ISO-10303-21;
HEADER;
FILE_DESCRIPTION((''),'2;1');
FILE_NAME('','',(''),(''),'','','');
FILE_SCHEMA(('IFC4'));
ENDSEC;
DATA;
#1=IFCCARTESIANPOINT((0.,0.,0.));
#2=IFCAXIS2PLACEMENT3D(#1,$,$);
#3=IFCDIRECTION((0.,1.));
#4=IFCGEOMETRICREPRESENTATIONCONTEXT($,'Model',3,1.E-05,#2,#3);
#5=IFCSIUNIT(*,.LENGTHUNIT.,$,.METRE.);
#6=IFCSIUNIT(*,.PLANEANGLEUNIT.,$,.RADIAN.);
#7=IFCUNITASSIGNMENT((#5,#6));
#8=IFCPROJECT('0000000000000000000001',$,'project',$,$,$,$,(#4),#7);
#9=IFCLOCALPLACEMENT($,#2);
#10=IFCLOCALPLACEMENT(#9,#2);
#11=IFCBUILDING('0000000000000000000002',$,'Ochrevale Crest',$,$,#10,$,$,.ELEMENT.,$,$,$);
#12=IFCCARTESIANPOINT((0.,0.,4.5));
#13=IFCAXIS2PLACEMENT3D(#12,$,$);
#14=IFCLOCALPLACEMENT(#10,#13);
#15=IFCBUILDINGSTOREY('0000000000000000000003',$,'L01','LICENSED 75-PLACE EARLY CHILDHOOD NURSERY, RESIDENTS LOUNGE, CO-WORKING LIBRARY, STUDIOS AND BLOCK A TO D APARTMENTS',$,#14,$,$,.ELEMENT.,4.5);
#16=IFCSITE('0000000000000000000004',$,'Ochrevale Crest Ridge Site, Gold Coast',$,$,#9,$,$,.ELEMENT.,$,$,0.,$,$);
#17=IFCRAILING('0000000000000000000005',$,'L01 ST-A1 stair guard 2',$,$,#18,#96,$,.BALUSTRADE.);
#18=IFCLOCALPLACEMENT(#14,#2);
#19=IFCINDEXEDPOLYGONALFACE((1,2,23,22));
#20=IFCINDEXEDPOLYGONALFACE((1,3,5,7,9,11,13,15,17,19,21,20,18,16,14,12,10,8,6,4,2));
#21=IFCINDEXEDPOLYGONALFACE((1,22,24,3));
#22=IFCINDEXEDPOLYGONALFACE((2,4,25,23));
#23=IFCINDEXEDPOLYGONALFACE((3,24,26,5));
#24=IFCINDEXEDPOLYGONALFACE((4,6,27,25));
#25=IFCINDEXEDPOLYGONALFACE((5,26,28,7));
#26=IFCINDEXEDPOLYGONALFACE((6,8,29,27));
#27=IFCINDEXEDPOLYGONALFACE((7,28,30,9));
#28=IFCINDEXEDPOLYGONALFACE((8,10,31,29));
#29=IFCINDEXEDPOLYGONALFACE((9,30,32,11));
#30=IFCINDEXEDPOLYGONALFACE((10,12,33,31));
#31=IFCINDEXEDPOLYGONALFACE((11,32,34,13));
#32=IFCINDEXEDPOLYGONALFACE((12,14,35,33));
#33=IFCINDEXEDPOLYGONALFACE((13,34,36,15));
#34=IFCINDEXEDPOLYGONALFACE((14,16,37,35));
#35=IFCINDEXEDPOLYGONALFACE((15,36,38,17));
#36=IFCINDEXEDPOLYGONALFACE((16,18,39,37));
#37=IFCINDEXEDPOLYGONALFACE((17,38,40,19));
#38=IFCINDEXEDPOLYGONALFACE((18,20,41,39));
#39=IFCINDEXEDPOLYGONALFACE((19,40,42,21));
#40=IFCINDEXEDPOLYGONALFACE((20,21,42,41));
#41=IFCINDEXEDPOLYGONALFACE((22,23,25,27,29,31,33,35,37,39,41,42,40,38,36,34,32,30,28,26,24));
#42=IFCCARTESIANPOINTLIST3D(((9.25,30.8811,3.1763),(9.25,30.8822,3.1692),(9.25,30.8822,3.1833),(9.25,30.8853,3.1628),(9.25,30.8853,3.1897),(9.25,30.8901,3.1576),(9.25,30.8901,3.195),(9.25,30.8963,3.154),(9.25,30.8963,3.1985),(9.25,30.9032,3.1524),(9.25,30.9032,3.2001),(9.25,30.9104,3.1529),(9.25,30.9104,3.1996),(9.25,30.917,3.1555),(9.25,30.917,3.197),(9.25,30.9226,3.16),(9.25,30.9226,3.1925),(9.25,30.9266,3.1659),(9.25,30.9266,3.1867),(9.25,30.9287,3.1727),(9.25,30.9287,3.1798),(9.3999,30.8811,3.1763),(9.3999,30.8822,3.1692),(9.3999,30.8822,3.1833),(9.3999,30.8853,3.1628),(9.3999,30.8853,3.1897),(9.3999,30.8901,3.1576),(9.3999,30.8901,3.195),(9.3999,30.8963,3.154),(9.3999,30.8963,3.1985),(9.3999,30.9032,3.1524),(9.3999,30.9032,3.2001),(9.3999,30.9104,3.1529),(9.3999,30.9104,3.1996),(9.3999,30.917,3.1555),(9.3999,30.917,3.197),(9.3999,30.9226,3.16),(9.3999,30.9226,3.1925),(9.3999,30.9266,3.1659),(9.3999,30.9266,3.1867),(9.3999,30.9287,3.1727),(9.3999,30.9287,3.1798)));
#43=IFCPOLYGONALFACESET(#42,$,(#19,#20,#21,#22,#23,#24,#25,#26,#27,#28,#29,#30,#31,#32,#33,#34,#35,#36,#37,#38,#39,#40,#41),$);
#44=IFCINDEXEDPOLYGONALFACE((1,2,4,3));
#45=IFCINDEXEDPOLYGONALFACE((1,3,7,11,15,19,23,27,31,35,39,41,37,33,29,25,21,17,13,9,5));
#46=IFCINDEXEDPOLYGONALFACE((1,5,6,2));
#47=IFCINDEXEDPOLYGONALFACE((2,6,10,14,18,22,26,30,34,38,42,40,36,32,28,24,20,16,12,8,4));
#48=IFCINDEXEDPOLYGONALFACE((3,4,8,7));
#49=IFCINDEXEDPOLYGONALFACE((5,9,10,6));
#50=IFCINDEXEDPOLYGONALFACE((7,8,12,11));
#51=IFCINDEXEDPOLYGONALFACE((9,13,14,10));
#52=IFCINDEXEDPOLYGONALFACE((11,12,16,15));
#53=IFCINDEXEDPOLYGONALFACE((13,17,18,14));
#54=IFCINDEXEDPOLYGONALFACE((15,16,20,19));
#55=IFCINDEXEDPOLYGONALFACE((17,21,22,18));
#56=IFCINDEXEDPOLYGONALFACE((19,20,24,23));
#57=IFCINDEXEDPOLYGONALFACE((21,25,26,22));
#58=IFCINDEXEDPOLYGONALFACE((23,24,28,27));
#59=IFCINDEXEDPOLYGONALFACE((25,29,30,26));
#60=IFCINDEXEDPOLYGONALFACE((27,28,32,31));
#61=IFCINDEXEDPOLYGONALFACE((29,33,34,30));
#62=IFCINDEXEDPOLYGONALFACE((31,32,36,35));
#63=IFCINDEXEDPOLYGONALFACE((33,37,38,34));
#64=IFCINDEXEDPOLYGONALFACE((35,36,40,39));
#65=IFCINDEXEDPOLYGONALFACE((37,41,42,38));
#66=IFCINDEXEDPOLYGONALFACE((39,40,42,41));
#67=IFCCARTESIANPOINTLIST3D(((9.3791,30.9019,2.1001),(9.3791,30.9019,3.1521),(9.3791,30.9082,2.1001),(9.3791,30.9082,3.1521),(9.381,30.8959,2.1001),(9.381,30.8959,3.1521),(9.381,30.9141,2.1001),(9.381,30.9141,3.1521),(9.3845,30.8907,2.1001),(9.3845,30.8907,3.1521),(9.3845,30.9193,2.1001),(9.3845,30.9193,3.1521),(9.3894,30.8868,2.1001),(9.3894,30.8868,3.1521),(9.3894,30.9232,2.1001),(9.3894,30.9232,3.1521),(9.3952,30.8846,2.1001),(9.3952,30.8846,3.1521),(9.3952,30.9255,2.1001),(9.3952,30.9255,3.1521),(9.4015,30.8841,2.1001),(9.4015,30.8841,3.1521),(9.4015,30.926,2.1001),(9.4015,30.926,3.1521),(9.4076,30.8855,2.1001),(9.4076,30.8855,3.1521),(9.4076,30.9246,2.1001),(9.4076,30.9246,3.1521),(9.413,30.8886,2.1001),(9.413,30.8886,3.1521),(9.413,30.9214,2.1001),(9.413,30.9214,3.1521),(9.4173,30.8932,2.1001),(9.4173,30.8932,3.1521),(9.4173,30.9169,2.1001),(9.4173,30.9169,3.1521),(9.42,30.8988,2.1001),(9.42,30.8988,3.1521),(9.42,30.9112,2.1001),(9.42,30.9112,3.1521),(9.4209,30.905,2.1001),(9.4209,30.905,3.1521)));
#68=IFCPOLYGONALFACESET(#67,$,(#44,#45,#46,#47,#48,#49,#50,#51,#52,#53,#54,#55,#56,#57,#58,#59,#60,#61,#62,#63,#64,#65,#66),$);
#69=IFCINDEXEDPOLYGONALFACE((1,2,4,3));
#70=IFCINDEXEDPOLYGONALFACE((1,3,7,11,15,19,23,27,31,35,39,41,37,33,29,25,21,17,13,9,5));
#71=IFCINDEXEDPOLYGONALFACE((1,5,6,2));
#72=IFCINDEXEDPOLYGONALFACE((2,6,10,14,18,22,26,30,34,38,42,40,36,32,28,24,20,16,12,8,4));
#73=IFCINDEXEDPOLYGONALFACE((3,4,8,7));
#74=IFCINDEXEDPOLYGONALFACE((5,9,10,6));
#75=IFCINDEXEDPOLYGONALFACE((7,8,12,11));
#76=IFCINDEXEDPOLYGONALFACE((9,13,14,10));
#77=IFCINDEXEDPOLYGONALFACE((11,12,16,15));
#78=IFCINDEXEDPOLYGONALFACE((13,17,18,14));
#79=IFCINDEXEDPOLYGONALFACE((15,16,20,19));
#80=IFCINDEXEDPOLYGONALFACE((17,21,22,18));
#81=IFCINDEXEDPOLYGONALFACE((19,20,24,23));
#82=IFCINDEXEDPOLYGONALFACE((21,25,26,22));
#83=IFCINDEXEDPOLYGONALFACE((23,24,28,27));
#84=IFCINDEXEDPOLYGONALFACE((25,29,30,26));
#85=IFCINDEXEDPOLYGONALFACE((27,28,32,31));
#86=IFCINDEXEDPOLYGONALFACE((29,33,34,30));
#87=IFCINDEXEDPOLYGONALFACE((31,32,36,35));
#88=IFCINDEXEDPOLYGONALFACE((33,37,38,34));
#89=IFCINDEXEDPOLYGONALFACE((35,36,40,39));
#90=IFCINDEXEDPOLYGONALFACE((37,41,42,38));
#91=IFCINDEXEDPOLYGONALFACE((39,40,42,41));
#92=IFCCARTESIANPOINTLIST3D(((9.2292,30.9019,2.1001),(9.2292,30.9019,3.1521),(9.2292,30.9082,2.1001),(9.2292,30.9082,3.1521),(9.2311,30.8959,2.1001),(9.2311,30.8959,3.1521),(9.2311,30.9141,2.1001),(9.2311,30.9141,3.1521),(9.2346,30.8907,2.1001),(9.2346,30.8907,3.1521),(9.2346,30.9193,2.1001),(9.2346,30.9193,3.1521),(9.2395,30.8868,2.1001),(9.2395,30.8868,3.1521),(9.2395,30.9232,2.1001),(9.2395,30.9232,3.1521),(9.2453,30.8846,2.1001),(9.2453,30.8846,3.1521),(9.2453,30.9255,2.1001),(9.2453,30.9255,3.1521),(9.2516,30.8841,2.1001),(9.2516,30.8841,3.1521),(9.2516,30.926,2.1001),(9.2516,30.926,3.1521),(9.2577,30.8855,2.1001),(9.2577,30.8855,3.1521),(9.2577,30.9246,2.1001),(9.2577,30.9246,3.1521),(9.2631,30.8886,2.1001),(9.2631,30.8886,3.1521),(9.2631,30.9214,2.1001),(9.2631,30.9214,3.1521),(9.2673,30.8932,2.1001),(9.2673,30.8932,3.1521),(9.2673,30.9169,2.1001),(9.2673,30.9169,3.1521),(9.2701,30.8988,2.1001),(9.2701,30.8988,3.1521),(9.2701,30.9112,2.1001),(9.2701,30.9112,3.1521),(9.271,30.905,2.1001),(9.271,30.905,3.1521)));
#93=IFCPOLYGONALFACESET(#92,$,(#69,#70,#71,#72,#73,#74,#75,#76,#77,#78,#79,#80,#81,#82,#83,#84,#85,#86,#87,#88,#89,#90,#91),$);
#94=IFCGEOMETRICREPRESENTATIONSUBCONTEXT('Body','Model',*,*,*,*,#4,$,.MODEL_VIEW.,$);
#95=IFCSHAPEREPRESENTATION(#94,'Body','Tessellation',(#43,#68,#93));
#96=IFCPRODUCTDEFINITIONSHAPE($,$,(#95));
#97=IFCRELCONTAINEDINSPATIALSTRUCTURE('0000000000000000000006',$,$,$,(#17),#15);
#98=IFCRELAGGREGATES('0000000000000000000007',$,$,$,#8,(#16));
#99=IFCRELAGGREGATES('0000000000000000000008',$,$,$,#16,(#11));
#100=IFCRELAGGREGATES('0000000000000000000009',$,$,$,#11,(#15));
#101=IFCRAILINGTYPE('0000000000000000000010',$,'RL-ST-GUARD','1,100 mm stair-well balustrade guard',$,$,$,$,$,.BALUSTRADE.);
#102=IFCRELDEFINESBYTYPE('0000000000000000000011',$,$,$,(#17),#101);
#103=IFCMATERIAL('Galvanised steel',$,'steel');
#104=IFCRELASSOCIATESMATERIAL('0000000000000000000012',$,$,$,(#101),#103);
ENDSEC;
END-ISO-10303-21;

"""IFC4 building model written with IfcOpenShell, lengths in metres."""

from ifc_helpers import new_model, si_unit, direction, frame, origin, origin_2d, place, context, subcontext, project, spatial, circle, extrude, material, type_object, element, save


model = new_model("IFC4")

# Units and contexts
model_context = context("Model", 3, precision=1e-05, world=origin(), true_north=direction((0.0, 1.0)))
body_context = subcontext(model_context, "Body", "Model", "MODEL_VIEW")
ifc_project = project(units=[si_unit("LENGTHUNIT", "METRE"), si_unit("PLANEANGLEUNIT", "RADIAN")], contexts=[model_context])

# Site, building, storey
site_placement = place(None, origin())
site = spatial("IfcSite", under=ifc_project, at=site_placement, Name="Ochrevale Crest Ridge Site, Gold Coast", CompositionType="ELEMENT", RefElevation=0.0)
building_placement = place(site_placement, origin())
building = spatial("IfcBuilding", under=site, at=building_placement, Name="Ochrevale Crest", CompositionType="ELEMENT")
storey_placement = place(building_placement, frame((0.0, 0.0, 4.5)))
storey = spatial("IfcBuildingStorey", under=building, at=storey_placement, Name="L01", Description="LICENSED 75-PLACE EARLY CHILDHOOD NURSERY, RESIDENTS LOUNGE, CO-WORKING LIBRARY, STUDIOS AND BLOCK A TO D APARTMENTS", CompositionType="ELEMENT", Elevation=4.5)

# Railing
ifc_material_1 = material(Name="Galvanised steel", Category="steel")
railing_type_1 = type_object("IfcRailingType", Name="RL-ST-GUARD", Description="1,100 mm stair-well balustrade guard", PredefinedType="BALUSTRADE", material=ifc_material_1)
railing_1_placement = place(storey_placement, frame((9.3999, 30.905, 2.1001)))
element("IfcRailing", 1, at=railing_1_placement, inside=storey, type_object=railing_type_1, Name="L01 ST-A1 stair guard 2", PredefinedType="BALUSTRADE", context=body_context, shape_type="SweptSolid", body=[
    extrude(circle(Radius=0.0239, at=origin_2d()), frame((0.0, 0.0, 1.0762), z_axis=(-1.0, 0.0, 0.0), x_axis=(0.0, -1.0, 0.0)), (0.0, 0.0, 1.0), 0.1499),
    extrude(circle(Radius=0.021, at=origin_2d()), origin(), (0.0, 0.0, 1.0), 1.052),
    extrude(circle(Radius=0.021, at=origin_2d()), frame((-0.1499, 0.0, 0.0)), (0.0, 0.0, 1.0), 1.052),
])

save(model, "model.ifc")
